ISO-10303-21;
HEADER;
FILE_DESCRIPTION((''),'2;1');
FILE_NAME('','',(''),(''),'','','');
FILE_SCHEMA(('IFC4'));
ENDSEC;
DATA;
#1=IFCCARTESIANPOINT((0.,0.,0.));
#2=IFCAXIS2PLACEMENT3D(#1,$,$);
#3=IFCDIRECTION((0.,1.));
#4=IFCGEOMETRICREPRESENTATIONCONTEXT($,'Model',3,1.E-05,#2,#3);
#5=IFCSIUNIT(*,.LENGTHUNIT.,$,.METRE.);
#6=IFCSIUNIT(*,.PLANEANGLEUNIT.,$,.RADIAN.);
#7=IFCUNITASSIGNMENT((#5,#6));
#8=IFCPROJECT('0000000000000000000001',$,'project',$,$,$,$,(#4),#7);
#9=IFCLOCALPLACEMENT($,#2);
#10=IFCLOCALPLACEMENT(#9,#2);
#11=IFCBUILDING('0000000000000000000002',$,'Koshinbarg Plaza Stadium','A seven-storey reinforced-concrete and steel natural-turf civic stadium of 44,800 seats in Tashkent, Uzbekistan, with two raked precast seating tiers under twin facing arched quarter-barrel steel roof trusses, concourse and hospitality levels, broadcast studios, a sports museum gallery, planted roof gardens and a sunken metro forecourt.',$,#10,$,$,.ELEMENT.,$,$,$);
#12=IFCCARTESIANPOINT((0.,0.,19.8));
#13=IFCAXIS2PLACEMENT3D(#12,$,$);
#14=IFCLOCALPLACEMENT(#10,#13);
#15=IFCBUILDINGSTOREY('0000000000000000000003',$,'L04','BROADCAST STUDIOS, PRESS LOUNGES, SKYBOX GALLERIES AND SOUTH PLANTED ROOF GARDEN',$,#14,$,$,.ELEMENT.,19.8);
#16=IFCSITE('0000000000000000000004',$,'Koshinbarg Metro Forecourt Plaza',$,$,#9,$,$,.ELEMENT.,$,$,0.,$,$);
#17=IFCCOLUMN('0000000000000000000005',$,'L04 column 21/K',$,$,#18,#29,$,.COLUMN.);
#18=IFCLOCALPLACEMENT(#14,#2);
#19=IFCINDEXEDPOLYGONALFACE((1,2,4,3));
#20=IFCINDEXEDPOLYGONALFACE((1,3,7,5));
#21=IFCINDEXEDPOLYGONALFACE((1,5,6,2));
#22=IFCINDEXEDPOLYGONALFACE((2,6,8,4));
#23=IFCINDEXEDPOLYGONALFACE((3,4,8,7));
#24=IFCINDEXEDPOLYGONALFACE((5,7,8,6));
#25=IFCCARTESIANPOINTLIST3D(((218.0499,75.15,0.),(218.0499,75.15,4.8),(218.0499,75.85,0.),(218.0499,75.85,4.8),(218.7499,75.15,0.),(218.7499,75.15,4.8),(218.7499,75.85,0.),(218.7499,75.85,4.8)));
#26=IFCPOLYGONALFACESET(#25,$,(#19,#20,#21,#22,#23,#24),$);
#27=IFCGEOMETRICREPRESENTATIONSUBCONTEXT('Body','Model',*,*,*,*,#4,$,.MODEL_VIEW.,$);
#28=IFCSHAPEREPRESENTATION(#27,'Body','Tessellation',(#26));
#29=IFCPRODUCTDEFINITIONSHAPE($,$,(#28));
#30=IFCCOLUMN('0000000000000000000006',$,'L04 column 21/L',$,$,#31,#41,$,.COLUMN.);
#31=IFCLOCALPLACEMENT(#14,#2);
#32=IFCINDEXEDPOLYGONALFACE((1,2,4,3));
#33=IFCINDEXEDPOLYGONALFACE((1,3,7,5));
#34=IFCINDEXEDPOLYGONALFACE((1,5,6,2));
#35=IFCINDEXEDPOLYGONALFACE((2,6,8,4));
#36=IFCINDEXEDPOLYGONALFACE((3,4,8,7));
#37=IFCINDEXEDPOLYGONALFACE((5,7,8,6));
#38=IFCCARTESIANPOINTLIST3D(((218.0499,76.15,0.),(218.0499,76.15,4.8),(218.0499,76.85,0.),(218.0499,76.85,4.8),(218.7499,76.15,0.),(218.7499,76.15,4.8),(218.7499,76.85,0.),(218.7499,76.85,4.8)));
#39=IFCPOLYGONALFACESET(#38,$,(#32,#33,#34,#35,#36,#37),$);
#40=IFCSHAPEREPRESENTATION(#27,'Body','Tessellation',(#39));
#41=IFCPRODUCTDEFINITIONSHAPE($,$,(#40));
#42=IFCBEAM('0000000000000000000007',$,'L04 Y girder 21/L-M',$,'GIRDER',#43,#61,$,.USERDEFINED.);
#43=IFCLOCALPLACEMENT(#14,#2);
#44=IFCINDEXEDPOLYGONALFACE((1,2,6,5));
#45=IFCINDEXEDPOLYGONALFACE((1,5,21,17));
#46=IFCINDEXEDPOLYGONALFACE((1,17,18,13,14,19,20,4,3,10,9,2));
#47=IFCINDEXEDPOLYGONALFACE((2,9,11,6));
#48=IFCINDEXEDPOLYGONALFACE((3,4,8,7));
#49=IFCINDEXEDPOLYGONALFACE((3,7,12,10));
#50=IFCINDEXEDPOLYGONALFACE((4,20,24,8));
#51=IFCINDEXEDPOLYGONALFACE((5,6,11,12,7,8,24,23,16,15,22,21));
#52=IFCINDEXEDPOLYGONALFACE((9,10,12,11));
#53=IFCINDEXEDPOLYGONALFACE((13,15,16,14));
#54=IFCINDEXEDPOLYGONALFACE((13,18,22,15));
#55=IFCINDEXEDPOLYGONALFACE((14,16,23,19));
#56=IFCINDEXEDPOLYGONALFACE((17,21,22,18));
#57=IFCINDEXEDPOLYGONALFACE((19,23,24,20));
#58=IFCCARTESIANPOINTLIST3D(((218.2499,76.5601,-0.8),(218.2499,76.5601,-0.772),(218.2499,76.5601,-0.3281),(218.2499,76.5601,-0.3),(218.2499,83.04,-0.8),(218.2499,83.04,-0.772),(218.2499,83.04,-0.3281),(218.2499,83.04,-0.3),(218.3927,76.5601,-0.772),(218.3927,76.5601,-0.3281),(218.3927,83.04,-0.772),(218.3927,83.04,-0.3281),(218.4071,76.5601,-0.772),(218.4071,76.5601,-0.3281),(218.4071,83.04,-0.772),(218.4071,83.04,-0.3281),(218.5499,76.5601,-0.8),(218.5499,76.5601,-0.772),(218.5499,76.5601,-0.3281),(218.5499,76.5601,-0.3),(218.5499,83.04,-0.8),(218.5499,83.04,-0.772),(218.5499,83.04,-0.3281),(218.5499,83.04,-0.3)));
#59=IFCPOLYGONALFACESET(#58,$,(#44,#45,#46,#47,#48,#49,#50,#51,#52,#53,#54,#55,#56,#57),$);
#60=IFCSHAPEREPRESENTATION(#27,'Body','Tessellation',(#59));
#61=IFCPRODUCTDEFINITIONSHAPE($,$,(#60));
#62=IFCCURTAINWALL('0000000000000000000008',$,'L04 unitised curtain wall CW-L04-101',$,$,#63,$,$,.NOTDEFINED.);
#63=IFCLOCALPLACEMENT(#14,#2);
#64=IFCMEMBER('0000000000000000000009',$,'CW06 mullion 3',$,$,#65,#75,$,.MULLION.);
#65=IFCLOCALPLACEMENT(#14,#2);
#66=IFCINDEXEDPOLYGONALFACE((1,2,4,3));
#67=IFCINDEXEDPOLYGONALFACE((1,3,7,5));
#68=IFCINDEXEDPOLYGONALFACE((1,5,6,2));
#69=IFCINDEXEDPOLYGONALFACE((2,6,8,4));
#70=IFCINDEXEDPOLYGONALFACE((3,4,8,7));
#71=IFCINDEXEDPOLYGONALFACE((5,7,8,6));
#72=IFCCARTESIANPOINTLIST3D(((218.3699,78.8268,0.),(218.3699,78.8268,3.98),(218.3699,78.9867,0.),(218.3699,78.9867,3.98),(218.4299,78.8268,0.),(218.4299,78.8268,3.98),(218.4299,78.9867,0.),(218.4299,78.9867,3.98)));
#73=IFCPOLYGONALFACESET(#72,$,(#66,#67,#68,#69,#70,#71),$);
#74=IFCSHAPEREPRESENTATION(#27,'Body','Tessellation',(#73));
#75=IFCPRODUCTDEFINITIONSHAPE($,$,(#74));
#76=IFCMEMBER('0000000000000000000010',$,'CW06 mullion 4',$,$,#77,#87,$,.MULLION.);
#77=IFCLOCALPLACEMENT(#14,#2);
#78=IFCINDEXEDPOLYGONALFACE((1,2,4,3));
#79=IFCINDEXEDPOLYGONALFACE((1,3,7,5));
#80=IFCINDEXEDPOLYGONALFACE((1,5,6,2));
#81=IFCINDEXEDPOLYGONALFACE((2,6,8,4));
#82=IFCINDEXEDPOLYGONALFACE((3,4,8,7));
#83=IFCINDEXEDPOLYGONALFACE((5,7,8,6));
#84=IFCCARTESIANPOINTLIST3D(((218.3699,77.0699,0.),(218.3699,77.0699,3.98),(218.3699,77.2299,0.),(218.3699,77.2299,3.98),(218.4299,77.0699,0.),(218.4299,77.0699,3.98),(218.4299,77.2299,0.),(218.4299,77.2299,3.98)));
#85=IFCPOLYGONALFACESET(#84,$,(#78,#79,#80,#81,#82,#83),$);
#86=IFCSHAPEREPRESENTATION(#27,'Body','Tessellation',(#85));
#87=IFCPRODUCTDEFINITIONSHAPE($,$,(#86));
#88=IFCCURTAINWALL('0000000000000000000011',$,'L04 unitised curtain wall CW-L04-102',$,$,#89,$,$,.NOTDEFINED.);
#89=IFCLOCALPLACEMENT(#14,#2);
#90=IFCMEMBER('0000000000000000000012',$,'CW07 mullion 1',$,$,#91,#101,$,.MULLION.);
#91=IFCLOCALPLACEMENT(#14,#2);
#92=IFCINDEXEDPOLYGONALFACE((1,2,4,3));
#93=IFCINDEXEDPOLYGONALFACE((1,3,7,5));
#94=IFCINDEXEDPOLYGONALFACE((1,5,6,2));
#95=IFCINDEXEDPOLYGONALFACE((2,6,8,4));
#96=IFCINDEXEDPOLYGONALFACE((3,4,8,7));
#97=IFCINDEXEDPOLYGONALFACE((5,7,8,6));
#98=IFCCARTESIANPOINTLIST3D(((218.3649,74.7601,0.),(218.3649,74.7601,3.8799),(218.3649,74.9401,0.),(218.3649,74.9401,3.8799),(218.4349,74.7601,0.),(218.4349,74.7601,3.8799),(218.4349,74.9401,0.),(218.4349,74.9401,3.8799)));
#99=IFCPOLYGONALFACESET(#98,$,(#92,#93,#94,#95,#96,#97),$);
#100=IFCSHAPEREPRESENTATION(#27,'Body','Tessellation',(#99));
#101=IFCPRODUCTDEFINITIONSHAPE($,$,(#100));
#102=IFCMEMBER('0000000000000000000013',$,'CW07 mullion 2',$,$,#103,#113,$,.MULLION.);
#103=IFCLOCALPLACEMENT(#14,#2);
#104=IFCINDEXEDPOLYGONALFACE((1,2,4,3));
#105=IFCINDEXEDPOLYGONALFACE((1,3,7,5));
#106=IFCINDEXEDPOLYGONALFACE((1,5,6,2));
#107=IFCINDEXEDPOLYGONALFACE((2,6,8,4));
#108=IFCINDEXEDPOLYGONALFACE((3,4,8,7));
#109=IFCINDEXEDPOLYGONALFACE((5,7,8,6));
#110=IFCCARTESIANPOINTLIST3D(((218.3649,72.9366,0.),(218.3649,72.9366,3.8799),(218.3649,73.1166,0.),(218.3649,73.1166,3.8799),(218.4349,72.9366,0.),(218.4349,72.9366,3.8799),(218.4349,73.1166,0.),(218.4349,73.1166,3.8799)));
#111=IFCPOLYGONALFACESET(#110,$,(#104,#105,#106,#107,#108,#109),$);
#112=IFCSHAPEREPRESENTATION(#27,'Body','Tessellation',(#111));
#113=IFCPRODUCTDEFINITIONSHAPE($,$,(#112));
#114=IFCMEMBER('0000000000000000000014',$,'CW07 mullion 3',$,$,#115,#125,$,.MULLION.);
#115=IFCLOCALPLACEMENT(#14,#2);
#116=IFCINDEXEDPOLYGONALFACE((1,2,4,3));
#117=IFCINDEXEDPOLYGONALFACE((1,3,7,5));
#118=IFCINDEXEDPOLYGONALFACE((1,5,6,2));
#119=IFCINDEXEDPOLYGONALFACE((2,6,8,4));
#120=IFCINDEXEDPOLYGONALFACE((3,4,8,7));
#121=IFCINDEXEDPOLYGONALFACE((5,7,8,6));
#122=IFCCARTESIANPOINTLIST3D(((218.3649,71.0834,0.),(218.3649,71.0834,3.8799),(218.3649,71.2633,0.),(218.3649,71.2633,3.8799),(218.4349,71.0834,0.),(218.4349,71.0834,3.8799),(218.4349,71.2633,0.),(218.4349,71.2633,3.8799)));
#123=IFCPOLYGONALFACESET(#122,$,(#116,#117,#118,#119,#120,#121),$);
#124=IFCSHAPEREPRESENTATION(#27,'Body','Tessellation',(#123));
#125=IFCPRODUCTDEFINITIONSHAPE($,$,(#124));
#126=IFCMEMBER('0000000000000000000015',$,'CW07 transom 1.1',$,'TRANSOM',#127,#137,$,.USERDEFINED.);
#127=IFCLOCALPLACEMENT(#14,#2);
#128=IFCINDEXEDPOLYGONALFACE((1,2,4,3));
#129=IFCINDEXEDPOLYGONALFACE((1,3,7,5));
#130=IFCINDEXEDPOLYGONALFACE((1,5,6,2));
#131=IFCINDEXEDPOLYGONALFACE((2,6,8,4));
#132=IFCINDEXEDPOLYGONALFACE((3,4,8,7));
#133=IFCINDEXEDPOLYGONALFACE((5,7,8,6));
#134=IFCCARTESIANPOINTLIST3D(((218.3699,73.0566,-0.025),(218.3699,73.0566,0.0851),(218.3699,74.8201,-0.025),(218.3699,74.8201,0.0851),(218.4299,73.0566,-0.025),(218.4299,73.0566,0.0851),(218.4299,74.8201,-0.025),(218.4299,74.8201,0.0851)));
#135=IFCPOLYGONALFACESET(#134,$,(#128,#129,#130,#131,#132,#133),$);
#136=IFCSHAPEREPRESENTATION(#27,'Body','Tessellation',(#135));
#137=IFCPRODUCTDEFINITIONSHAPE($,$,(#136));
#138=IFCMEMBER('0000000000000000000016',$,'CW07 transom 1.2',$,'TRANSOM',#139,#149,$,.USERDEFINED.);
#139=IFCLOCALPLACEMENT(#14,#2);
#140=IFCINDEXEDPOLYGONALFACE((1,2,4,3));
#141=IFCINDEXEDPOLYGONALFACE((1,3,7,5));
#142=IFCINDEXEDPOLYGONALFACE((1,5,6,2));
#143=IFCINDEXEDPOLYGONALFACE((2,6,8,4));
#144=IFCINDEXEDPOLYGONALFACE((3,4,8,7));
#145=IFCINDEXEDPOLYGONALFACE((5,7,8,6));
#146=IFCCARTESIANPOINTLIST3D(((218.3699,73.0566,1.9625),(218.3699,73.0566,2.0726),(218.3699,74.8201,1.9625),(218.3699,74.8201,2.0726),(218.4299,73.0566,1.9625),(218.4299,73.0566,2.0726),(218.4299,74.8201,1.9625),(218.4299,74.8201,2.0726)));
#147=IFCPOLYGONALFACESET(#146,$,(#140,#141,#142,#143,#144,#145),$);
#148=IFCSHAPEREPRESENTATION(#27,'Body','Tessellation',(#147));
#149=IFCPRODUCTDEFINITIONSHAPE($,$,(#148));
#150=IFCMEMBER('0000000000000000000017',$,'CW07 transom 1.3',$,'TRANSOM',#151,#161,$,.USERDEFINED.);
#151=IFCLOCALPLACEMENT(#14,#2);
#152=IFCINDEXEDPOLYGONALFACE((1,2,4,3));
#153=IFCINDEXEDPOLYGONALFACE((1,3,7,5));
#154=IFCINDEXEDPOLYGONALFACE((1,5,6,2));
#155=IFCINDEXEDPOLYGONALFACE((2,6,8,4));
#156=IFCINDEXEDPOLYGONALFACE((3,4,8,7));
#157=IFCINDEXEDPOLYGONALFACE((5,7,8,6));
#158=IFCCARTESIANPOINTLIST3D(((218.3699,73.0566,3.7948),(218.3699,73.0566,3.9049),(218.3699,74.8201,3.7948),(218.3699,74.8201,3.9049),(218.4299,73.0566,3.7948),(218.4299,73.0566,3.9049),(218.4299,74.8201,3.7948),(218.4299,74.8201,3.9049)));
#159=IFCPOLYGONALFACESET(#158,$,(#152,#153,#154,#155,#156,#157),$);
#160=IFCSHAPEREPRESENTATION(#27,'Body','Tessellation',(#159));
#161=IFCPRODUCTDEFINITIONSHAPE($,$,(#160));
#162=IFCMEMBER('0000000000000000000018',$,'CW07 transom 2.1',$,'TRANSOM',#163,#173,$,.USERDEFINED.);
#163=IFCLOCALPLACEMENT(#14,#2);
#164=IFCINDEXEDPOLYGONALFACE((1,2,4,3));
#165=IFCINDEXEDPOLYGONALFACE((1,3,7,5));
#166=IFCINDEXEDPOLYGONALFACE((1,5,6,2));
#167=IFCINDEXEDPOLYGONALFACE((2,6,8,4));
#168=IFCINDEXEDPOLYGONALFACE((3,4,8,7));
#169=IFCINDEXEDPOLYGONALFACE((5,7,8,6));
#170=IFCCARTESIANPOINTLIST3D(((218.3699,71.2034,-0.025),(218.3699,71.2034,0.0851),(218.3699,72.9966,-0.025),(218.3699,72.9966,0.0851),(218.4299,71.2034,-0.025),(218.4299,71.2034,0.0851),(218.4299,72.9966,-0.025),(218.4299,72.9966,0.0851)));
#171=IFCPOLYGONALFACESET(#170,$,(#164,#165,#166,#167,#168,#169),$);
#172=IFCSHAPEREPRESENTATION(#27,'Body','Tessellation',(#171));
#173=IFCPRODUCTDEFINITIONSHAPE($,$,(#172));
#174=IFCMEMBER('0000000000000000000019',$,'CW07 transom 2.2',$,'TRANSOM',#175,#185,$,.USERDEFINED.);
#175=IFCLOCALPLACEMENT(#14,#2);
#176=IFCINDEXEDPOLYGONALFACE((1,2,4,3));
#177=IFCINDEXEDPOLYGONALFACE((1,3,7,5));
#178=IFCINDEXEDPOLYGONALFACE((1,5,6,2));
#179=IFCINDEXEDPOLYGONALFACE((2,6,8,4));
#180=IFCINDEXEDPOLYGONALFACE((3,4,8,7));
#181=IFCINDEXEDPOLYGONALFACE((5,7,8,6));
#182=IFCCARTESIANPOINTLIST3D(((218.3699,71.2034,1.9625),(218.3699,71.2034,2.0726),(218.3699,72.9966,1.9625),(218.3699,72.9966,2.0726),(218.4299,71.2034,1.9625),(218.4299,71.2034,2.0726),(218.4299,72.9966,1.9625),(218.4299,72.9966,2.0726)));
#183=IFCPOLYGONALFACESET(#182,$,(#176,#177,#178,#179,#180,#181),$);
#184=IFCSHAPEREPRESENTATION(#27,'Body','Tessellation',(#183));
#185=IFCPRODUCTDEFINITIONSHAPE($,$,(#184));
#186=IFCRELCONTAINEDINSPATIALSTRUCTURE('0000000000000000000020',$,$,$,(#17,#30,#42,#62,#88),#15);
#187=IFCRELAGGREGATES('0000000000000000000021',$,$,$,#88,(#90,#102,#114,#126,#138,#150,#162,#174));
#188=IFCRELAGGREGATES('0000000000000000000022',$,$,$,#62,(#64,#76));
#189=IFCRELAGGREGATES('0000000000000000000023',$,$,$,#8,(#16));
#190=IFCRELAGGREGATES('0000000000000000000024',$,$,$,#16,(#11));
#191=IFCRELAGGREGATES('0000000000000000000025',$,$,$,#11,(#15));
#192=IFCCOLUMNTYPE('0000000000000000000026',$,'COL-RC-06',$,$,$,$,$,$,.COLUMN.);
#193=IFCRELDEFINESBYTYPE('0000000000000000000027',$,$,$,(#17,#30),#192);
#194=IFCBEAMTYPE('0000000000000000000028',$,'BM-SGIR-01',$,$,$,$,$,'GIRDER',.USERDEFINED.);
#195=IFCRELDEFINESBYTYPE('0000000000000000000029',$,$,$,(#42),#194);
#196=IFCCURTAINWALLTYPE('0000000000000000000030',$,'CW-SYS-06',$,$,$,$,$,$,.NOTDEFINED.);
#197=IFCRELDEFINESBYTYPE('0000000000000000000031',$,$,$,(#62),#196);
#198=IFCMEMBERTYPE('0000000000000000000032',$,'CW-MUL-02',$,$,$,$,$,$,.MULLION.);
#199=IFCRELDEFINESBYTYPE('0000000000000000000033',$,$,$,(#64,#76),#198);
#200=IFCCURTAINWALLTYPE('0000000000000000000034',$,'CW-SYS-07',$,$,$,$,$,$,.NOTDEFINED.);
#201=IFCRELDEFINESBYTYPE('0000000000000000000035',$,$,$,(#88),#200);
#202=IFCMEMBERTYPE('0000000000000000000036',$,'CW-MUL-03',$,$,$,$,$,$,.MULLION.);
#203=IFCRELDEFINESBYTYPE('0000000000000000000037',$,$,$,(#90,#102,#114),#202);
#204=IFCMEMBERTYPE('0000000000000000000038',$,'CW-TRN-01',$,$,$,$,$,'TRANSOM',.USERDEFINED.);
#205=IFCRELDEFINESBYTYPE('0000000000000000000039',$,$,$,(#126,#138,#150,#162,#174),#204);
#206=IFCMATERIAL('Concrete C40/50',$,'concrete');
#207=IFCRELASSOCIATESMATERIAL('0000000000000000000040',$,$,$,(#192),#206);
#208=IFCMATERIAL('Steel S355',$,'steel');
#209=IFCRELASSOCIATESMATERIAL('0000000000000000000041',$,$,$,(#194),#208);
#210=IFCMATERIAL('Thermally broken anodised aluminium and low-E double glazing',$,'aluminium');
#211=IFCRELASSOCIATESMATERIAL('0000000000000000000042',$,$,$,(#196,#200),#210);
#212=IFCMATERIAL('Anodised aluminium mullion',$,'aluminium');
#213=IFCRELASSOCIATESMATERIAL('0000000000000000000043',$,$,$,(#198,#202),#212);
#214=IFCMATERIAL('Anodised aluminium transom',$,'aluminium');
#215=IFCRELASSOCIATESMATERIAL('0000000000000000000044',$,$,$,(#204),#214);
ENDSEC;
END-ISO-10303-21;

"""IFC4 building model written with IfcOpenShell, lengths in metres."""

from ifc_helpers import new_model, si_unit, direction, frame, origin, origin_2d, place, context, subcontext, project, spatial, rectangle, i_section, extrude, material, material_profile, profile_set, type_object, element, aggregate, save


model = new_model("IFC4")

# Units and contexts
model_context = context("Model", 3, precision=1e-05, world=origin(), true_north=direction((0.0, 1.0)))
body_context = subcontext(model_context, "Body", "Model", "MODEL_VIEW")
ifc_project = project(units=[si_unit("LENGTHUNIT", "METRE"), si_unit("PLANEANGLEUNIT", "RADIAN")], contexts=[model_context])

# Site, building, storey
site_placement = place(None, origin())
site = spatial("IfcSite", under=ifc_project, at=site_placement, Name="Koshinbarg Metro Forecourt Plaza", CompositionType="ELEMENT", RefElevation=0.0)
building_placement = place(site_placement, origin())
building = spatial("IfcBuilding", under=site, at=building_placement, Name="Koshinbarg Plaza Stadium", Description="A seven-storey reinforced-concrete and steel natural-turf civic stadium of 44,800 seats in Tashkent, Uzbekistan, with two raked precast seating tiers under twin facing arched quarter-barrel steel roof trusses, concourse and hospitality levels, broadcast studios, a sports museum gallery, planted roof gardens and a sunken metro forecourt.", CompositionType="ELEMENT")
storey_placement = place(building_placement, frame((0.0, 0.0, 19.8)))
storey = spatial("IfcBuildingStorey", under=building, at=storey_placement, Name="L04", Description="BROADCAST STUDIOS, PRESS LOUNGES, SKYBOX GALLERIES AND SOUTH PLANTED ROOF GARDEN", CompositionType="ELEMENT", Elevation=19.8)

# Columns
ifc_material_1 = material(Name="Concrete C40/50", Category="concrete")
ifc_material_profile_1 = material_profile(ifc_material_1, rectangle(XDim=0.7, YDim=0.7, at=origin_2d()), Name="RC 700x700")
ifc_profile_set_1 = profile_set([ifc_material_profile_1], Name="Concrete C40/50")
column_type = type_object("IfcColumnType", Name="COL-RC-06", PredefinedType="COLUMN", material=ifc_profile_set_1)
for number, where, z_axis, x_axis, name in (
    (1, (218.3999, 75.5, 0.0), (0.0, 0.0, 1.0), (1.0, 0.0, 0.0), "L04 column 21/K"),
    (2, (218.3999, 76.5, 0.0), (0.0, 0.0, 1.0), (1.0, 0.0, 0.0), "L04 column 21/L"),
):
    element("IfcColumn", number, at=place(storey_placement, frame(where, z_axis=z_axis, x_axis=x_axis)), inside=storey, type_object=column_type, Name=name, PredefinedType="COLUMN", context=body_context, shape_type="SweptSolid", body=[
        extrude(rectangle(XDim=0.7, YDim=0.7, at=origin_2d()), origin(), (0.0, 0.0, 1.0), 4.8),
    ])

# Beam
ifc_material_2 = material(Name="Steel S355", Category="steel")
ifc_material_profile_2 = material_profile(ifc_material_2, i_section(OverallWidth=0.3, OverallDepth=0.5, WebThickness=0.0144, FlangeThickness=0.0281, at=origin_2d()), Name="HEB 500")
ifc_profile_set_2 = profile_set([ifc_material_profile_2], Name="Steel S355")
beam_type = type_object("IfcBeamType", Name="BM-SGIR-01", ElementType="GIRDER", PredefinedType="USERDEFINED", material=ifc_profile_set_2)
beam_placement = place(storey_placement, frame((218.3999, 76.5601, -0.55), z_axis=(0.0, 1.0, 0.0), x_axis=(-1.0, 0.0, 0.0)))
element("IfcBeam", 3, at=beam_placement, inside=storey, type_object=beam_type, Name="L04 Y girder 21/L-M", ObjectType="GIRDER", PredefinedType="USERDEFINED", context=body_context, shape_type="SweptSolid", body=[
    extrude(i_section(OverallWidth=0.3, OverallDepth=0.5, WebThickness=0.0144, FlangeThickness=0.0281, at=origin_2d()), origin(), (0.0, 0.0, 1.0), 6.48),
])

# Curtain walls, members
ifc_material_3 = material(Name="Thermally broken anodised aluminium and low-E double glazing", Category="aluminium")
curtain_wall_type_1 = type_object("IfcCurtainWallType", Name="CW-SYS-06", PredefinedType="NOTDEFINED", material=ifc_material_3)
curtain_wall_1_placement = place(storey_placement, origin())
curtain_wall_1 = element("IfcCurtainWall", 4, at=curtain_wall_1_placement, inside=storey, type_object=curtain_wall_type_1, Name="L04 unitised curtain wall CW-L04-101", PredefinedType="NOTDEFINED")
ifc_material_4 = material(Name="Anodised aluminium mullion", Category="aluminium")
ifc_material_profile_3 = material_profile(ifc_material_4, rectangle(XDim=0.0601, YDim=0.1599, at=origin_2d()), Name="ALU 60x160")
ifc_profile_set_3 = profile_set([ifc_material_profile_3], Name="Anodised aluminium mullion")
member_type_1 = type_object("IfcMemberType", Name="CW-MUL-02", PredefinedType="MULLION", material=ifc_profile_set_3)
member_1_placement = place(storey_placement, frame((218.3999, 78.9067, 0.0), z_axis=(0.0, 0.0, 1.0), x_axis=(1.0, 0.0, 0.0)))
member_1 = element("IfcMember", 5, at=member_1_placement, type_object=member_type_1, Name="CW06 mullion 3", PredefinedType="MULLION", context=body_context, shape_type="SweptSolid", body=[
    extrude(rectangle(XDim=0.0601, YDim=0.1599, at=origin_2d()), origin(), (0.0, 0.0, 1.0), 3.98),
])
member_2_placement = place(storey_placement, frame((218.3999, 77.1499, 0.0), z_axis=(0.0, 0.0, 1.0), x_axis=(1.0, 0.0, 0.0)))
member_2 = element("IfcMember", 6, at=member_2_placement, type_object=member_type_1, Name="CW06 mullion 4", PredefinedType="MULLION", context=body_context, shape_type="SweptSolid", body=[
    extrude(rectangle(XDim=0.0601, YDim=0.1599, at=origin_2d()), origin(), (0.0, 0.0, 1.0), 3.98),
])
curtain_wall_type_2 = type_object("IfcCurtainWallType", Name="CW-SYS-07", PredefinedType="NOTDEFINED", material=ifc_material_3)
curtain_wall_2_placement = place(storey_placement, origin())
curtain_wall_2 = element("IfcCurtainWall", 7, at=curtain_wall_2_placement, inside=storey, type_object=curtain_wall_type_2, Name="L04 unitised curtain wall CW-L04-102", PredefinedType="NOTDEFINED")
ifc_material_profile_4 = material_profile(ifc_material_4, rectangle(XDim=0.0701, YDim=0.1799, at=origin_2d()), Name="ALU 70x180")
ifc_profile_set_4 = profile_set([ifc_material_profile_4], Name="Anodised aluminium mullion")
member_type_2 = type_object("IfcMemberType", Name="CW-MUL-03", PredefinedType="MULLION", material=ifc_profile_set_4)
member_3_placement = place(storey_placement, frame((218.3999, 74.8501, 0.0), z_axis=(0.0, 0.0, 1.0), x_axis=(1.0, 0.0, 0.0)))
member_3 = element("IfcMember", 8, at=member_3_placement, type_object=member_type_2, Name="CW07 mullion 1", PredefinedType="MULLION", context=body_context, shape_type="SweptSolid", body=[
    extrude(rectangle(XDim=0.0701, YDim=0.1799, at=origin_2d()), origin(), (0.0, 0.0, 1.0), 3.8799),
])
member_4_placement = place(storey_placement, frame((218.3999, 73.0266, 0.0), z_axis=(0.0, 0.0, 1.0), x_axis=(1.0, 0.0, 0.0)))
member_4 = element("IfcMember", 9, at=member_4_placement, type_object=member_type_2, Name="CW07 mullion 2", PredefinedType="MULLION", context=body_context, shape_type="SweptSolid", body=[
    extrude(rectangle(XDim=0.0701, YDim=0.1799, at=origin_2d()), origin(), (0.0, 0.0, 1.0), 3.8799),
])
member_5_placement = place(storey_placement, frame((218.3999, 71.1733, 0.0), z_axis=(0.0, 0.0, 1.0), x_axis=(1.0, 0.0, 0.0)))
member_5 = element("IfcMember", 10, at=member_5_placement, type_object=member_type_2, Name="CW07 mullion 3", PredefinedType="MULLION", context=body_context, shape_type="SweptSolid", body=[
    extrude(rectangle(XDim=0.0701, YDim=0.1799, at=origin_2d()), origin(), (0.0, 0.0, 1.0), 3.8799),
])
ifc_material_5 = material(Name="Anodised aluminium transom", Category="aluminium")
ifc_material_profile_5 = material_profile(ifc_material_5, rectangle(XDim=0.0601, YDim=0.1101, at=origin_2d()), Name="ALU 60x110")
ifc_profile_set_5 = profile_set([ifc_material_profile_5], Name="Anodised aluminium transom")
member_type_3 = type_object("IfcMemberType", Name="CW-TRN-01", ElementType="TRANSOM", PredefinedType="USERDEFINED", material=ifc_profile_set_5)
member_6_placement = place(storey_placement, frame((218.3999, 74.8201, 0.03), z_axis=(0.0, -1.0, 0.0), x_axis=(1.0, 0.0, 0.0)))
member_6 = element("IfcMember", 11, at=member_6_placement, type_object=member_type_3, Name="CW07 transom 1.1", ObjectType="TRANSOM", PredefinedType="USERDEFINED", context=body_context, shape_type="SweptSolid", body=[
    extrude(rectangle(XDim=0.0601, YDim=0.1101, at=origin_2d()), origin(), (0.0, 0.0, 1.0), 1.7634),
])
member_7_placement = place(storey_placement, frame((218.3999, 74.8201, 2.0176), z_axis=(0.0, -1.0, 0.0), x_axis=(1.0, 0.0, 0.0)))
member_7 = element("IfcMember", 12, at=member_7_placement, type_object=member_type_3, Name="CW07 transom 1.2", ObjectType="TRANSOM", PredefinedType="USERDEFINED", context=body_context, shape_type="SweptSolid", body=[
    extrude(rectangle(XDim=0.0601, YDim=0.1101, at=origin_2d()), origin(), (0.0, 0.0, 1.0), 1.7634),
])
member_8_placement = place(storey_placement, frame((218.3999, 74.8201, 3.8499), z_axis=(0.0, -1.0, 0.0), x_axis=(1.0, 0.0, 0.0)))
member_8 = element("IfcMember", 13, at=member_8_placement, type_object=member_type_3, Name="CW07 transom 1.3", ObjectType="TRANSOM", PredefinedType="USERDEFINED", context=body_context, shape_type="SweptSolid", body=[
    extrude(rectangle(XDim=0.0601, YDim=0.1101, at=origin_2d()), origin(), (0.0, 0.0, 1.0), 1.7634),
])
member_9_placement = place(storey_placement, frame((218.3999, 72.9966, 0.03), z_axis=(0.0, -1.0, 0.0), x_axis=(1.0, 0.0, 0.0)))
member_9 = element("IfcMember", 14, at=member_9_placement, type_object=member_type_3, Name="CW07 transom 2.1", ObjectType="TRANSOM", PredefinedType="USERDEFINED", context=body_context, shape_type="SweptSolid", body=[
    extrude(rectangle(XDim=0.0601, YDim=0.1101, at=origin_2d()), origin(), (0.0, 0.0, 1.0), 1.7932),
])
member_10_placement = place(storey_placement, frame((218.3999, 72.9966, 2.0176), z_axis=(0.0, -1.0, 0.0), x_axis=(1.0, 0.0, 0.0)))
member_10 = element("IfcMember", 15, at=member_10_placement, type_object=member_type_3, Name="CW07 transom 2.2", ObjectType="TRANSOM", PredefinedType="USERDEFINED", context=body_context, shape_type="SweptSolid", body=[
    extrude(rectangle(XDim=0.0601, YDim=0.1101, at=origin_2d()), origin(), (0.0, 0.0, 1.0), 1.7932),
])

aggregate(curtain_wall_2, [member_3, member_4, member_5, member_6, member_7, member_8, member_9, member_10])
aggregate(curtain_wall_1, [member_1, member_2])

save(model, "model.ifc")
